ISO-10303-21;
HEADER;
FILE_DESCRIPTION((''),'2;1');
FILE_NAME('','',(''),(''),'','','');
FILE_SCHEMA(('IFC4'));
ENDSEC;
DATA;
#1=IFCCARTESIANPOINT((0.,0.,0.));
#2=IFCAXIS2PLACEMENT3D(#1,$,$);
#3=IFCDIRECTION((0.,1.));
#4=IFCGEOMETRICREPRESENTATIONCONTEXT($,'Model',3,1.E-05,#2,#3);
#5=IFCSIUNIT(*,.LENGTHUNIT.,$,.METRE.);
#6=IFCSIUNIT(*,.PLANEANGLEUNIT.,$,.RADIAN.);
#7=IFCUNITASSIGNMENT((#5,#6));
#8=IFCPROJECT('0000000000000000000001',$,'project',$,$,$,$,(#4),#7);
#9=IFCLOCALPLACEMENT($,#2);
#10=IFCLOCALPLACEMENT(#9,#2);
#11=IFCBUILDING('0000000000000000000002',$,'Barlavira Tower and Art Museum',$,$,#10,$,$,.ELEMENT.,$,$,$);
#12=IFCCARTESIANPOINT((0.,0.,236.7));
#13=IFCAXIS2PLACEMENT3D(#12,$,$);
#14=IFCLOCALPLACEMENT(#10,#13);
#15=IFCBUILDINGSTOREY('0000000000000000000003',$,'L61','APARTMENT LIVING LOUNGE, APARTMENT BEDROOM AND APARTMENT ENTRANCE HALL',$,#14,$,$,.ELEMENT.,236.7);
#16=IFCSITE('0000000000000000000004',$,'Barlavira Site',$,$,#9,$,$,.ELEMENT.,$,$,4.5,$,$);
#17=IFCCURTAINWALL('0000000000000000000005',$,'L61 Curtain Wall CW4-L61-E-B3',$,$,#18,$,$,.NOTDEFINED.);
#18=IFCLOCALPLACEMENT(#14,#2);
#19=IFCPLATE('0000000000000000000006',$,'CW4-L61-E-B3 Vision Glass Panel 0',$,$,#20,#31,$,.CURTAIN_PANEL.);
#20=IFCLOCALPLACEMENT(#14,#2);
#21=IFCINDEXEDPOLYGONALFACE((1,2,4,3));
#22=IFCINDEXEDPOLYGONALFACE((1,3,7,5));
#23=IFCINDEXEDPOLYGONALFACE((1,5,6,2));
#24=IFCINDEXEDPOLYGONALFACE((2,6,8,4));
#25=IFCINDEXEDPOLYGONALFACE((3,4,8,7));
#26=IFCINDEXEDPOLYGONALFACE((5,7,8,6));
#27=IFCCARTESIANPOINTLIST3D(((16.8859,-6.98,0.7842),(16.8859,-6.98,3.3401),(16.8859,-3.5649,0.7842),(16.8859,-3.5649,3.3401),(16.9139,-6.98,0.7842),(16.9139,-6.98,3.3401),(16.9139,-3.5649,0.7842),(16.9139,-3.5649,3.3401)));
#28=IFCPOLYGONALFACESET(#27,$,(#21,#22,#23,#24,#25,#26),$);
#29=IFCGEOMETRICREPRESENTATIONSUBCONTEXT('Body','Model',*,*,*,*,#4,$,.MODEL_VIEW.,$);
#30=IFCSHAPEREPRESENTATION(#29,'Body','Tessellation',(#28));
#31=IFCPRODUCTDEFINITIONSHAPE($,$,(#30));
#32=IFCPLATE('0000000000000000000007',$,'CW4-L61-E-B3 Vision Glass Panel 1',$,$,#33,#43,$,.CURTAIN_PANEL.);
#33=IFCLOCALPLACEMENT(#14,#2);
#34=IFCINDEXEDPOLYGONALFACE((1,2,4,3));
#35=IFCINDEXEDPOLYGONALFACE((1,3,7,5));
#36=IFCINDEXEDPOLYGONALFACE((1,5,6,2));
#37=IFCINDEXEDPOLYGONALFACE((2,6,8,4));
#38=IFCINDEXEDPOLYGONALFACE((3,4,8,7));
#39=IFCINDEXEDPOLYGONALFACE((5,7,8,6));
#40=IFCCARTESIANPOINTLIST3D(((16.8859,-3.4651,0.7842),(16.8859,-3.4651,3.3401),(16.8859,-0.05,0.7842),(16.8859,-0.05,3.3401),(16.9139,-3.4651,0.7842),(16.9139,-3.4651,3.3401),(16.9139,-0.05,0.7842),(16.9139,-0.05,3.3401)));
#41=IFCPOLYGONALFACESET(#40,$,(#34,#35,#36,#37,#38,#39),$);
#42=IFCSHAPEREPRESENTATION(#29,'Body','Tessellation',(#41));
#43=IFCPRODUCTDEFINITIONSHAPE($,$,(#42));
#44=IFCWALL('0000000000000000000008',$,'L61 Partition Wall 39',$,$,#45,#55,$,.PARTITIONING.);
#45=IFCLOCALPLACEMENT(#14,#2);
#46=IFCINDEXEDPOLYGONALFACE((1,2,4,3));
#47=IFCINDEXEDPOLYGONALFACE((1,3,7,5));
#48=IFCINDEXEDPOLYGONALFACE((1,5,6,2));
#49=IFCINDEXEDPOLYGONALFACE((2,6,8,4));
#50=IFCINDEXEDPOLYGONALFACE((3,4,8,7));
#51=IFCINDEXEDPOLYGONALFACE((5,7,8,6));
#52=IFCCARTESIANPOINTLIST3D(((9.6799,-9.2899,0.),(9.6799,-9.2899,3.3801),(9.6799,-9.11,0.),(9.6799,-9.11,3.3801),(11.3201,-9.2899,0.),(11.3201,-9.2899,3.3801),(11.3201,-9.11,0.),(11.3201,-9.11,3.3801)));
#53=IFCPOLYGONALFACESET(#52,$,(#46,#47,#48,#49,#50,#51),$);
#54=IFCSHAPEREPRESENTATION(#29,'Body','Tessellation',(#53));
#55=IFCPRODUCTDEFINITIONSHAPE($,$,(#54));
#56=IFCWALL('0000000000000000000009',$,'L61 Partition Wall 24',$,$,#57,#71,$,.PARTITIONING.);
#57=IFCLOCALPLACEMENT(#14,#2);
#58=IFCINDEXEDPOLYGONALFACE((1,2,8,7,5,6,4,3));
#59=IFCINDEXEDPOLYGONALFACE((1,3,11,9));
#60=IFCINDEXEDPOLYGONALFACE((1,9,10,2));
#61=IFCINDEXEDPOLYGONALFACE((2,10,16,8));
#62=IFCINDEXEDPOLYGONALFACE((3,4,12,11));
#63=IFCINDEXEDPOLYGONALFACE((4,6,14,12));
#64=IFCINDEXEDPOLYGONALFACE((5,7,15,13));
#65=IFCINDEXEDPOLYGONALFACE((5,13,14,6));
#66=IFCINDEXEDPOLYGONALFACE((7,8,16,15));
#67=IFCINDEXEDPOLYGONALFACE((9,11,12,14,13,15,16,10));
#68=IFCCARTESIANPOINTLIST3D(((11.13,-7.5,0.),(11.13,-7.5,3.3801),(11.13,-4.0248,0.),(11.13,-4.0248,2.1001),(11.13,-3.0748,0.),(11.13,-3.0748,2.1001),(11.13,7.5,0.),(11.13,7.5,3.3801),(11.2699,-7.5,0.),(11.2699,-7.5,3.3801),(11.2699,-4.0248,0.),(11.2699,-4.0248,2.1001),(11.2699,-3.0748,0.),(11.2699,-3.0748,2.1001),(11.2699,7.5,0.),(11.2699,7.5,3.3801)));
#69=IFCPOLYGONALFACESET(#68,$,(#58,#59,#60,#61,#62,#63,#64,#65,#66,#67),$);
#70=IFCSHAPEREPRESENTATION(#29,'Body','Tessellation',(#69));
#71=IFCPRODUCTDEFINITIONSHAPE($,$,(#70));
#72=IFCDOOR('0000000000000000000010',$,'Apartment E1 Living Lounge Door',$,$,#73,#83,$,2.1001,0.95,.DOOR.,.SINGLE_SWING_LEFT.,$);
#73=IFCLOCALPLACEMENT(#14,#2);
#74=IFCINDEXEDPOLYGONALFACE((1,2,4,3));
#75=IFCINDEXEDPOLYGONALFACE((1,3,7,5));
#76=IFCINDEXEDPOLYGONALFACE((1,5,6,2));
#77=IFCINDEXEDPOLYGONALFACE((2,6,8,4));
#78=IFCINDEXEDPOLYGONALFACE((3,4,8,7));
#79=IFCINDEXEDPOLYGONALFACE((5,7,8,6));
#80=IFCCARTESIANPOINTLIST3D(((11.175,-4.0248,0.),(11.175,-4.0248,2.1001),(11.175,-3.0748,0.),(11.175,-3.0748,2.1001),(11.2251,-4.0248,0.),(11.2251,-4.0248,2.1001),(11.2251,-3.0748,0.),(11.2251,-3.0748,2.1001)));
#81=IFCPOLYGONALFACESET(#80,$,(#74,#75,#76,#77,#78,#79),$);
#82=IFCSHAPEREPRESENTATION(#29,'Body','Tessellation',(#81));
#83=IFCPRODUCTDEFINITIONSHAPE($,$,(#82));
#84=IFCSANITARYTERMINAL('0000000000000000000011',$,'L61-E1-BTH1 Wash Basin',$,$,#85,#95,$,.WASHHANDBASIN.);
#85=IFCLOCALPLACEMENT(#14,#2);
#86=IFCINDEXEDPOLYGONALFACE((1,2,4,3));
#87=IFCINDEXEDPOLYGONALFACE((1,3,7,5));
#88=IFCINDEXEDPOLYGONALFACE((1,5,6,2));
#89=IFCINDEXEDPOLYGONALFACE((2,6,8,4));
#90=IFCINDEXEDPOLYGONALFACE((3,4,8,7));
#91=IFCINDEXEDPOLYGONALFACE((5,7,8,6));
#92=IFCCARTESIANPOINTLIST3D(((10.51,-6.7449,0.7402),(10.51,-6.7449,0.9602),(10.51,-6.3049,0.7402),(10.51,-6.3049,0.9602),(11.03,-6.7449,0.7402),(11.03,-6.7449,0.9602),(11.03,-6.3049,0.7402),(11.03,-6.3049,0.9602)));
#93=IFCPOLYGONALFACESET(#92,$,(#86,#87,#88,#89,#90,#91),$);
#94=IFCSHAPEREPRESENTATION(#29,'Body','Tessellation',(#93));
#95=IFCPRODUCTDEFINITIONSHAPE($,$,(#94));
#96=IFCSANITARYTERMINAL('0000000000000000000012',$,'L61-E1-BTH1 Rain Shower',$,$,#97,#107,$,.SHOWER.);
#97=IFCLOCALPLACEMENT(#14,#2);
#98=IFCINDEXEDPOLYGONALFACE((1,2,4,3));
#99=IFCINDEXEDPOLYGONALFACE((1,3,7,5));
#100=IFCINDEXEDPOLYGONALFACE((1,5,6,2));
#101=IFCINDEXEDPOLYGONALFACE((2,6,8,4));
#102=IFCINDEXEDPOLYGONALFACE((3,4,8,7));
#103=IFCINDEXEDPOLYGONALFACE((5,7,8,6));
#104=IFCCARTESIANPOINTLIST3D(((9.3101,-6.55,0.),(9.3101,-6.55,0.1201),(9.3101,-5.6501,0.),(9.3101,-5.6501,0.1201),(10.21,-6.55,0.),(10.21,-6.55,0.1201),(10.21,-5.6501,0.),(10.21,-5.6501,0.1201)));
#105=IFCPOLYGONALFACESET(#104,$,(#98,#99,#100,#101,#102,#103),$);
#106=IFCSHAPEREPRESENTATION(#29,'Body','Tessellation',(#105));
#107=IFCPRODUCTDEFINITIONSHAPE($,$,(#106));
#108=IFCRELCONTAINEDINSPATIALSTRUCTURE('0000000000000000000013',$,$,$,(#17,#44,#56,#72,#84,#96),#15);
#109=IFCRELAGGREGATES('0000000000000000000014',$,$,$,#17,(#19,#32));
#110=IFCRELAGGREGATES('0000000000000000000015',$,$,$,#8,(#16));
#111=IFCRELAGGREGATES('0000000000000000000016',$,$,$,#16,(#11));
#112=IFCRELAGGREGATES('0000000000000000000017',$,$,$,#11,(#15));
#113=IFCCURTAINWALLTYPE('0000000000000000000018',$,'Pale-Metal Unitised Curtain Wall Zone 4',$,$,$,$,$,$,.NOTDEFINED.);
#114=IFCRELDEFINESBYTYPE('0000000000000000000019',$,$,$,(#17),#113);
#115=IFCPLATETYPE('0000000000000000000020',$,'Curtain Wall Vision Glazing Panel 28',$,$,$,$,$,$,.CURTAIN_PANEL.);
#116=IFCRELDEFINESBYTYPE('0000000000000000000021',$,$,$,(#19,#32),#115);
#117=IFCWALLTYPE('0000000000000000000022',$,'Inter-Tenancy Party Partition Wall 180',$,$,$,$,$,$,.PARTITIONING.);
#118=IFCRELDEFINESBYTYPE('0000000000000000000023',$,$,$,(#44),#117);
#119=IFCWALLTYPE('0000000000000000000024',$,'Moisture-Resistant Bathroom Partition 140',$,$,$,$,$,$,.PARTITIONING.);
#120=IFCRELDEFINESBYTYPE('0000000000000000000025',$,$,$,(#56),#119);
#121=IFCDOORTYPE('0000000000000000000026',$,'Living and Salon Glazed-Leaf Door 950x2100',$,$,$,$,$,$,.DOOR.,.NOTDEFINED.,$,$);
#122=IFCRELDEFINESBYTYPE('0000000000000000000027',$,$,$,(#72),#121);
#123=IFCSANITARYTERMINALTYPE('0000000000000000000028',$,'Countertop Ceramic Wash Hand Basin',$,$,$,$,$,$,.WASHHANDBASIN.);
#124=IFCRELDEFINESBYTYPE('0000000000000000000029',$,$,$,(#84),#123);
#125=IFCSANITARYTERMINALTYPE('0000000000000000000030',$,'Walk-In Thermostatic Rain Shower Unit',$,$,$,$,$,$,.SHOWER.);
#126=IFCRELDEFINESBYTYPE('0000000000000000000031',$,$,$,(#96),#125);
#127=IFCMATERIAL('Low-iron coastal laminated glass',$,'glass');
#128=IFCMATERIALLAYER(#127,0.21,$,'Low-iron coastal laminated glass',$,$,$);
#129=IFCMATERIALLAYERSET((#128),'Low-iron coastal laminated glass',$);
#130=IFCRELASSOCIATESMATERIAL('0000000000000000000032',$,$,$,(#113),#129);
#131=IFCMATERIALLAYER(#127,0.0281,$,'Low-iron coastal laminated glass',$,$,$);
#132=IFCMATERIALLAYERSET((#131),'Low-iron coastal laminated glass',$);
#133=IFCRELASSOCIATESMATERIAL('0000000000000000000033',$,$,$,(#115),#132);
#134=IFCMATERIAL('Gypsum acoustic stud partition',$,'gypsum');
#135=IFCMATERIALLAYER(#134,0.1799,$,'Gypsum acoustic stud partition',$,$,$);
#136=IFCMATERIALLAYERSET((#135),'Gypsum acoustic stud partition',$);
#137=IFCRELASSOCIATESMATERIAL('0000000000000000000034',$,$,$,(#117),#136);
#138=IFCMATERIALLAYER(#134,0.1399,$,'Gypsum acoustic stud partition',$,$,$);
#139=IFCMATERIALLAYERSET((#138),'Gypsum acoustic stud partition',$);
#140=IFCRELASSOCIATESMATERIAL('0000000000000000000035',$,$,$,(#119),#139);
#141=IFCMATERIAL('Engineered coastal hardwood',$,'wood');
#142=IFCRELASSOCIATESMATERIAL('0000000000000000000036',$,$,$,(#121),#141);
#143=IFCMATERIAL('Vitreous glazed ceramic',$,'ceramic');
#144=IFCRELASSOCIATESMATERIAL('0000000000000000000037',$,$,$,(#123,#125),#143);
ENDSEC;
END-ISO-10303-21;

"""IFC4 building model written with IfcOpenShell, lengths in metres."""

from ifc_helpers import new_model, si_unit, direction, frame, frame_2d, origin, origin_2d, place, context, subcontext, project, spatial, rectangle, extrude, material, layer, layer_set, type_object, element, fill, aggregate, save


model = new_model("IFC4")

# Units and contexts
model_context = context("Model", 3, precision=1e-05, world=origin(), true_north=direction((0.0, 1.0)))
body_context = subcontext(model_context, "Body", "Model", "MODEL_VIEW")
ifc_project = project(units=[si_unit("LENGTHUNIT", "METRE"), si_unit("PLANEANGLEUNIT", "RADIAN")], contexts=[model_context])

# Site, building, storey
site_placement = place(None, origin())
site = spatial("IfcSite", under=ifc_project, at=site_placement, Name="Barlavira Site", CompositionType="ELEMENT", RefElevation=4.5)
building_placement = place(site_placement, origin())
building = spatial("IfcBuilding", under=site, at=building_placement, Name="Barlavira Tower and Art Museum", CompositionType="ELEMENT")
storey_placement = place(building_placement, frame((0.0, 0.0, 236.7)))
storey = spatial("IfcBuildingStorey", under=building, at=storey_placement, Name="L61", Description="APARTMENT LIVING LOUNGE, APARTMENT BEDROOM AND APARTMENT ENTRANCE HALL", CompositionType="ELEMENT", Elevation=236.7)

# Curtain wall
ifc_material_1 = material(Name="Low-iron coastal laminated glass", Category="glass")
ifc_layer_1 = layer(ifc_material_1, 0.21, Name="Low-iron coastal laminated glass")
ifc_layer_set_1 = layer_set([ifc_layer_1], Name="Low-iron coastal laminated glass")
curtain_wall_type = type_object("IfcCurtainWallType", Name="Pale-Metal Unitised Curtain Wall Zone 4", PredefinedType="NOTDEFINED", material=ifc_layer_set_1)
curtain_wall_placement = place(storey_placement, origin())
curtain_wall = element("IfcCurtainWall", 1, at=curtain_wall_placement, inside=storey, type_object=curtain_wall_type, Name="L61 Curtain Wall CW4-L61-E-B3", PredefinedType="NOTDEFINED")

# Plates
ifc_layer_2 = layer(ifc_material_1, 0.0281, Name="Low-iron coastal laminated glass")
ifc_layer_set_2 = layer_set([ifc_layer_2], Name="Low-iron coastal laminated glass")
plate_type_1 = type_object("IfcPlateType", Name="Curtain Wall Vision Glazing Panel 28", PredefinedType="CURTAIN_PANEL", material=ifc_layer_set_2)
plate_1_placement = place(storey_placement, frame((16.8999, -5.2725, 0.7842), z_axis=(0.0, 0.0, 1.0), x_axis=(0.0, 1.0, 0.0)))
plate_1 = element("IfcPlate", 2, at=plate_1_placement, type_object=plate_type_1, Name="CW4-L61-E-B3 Vision Glass Panel 0", PredefinedType="CURTAIN_PANEL", context=body_context, shape_type="SweptSolid", body=[
    extrude(rectangle(XDim=3.415, YDim=0.0281, at=origin_2d()), origin(), (0.0, 0.0, 1.0), 2.5559),
])
plate_2_placement = place(storey_placement, frame((16.8999, -1.7576, 0.7842), z_axis=(0.0, 0.0, 1.0), x_axis=(0.0, 1.0, 0.0)))
plate_2 = element("IfcPlate", 3, at=plate_2_placement, type_object=plate_type_1, Name="CW4-L61-E-B3 Vision Glass Panel 1", PredefinedType="CURTAIN_PANEL", context=body_context, shape_type="SweptSolid", body=[
    extrude(rectangle(XDim=3.415, YDim=0.0281, at=origin_2d()), origin(), (0.0, 0.0, 1.0), 2.5559),
])
aggregate(curtain_wall, [plate_1, plate_2])

# Wall
ifc_material_2 = material(Name="Gypsum acoustic stud partition", Category="gypsum")
ifc_layer_3 = layer(ifc_material_2, 0.1799, Name="Gypsum acoustic stud partition")
ifc_layer_set_3 = layer_set([ifc_layer_3], Name="Gypsum acoustic stud partition")
wall_type_1 = type_object("IfcWallType", Name="Inter-Tenancy Party Partition Wall 180", PredefinedType="PARTITIONING", material=ifc_layer_set_3)
wall_1_placement = place(storey_placement, frame((9.6799, -9.2, 0.0), z_axis=(0.0, 0.0, 1.0), x_axis=(1.0, 0.0, 0.0)))
element("IfcWall", 4, at=wall_1_placement, inside=storey, type_object=wall_type_1, Name="L61 Partition Wall 39", PredefinedType="PARTITIONING", context=body_context, shape_type="SweptSolid", body=[
    extrude(rectangle(XDim=1.6401, YDim=0.1799, at=frame_2d((0.8201, 0.0))), origin(), (0.0, 0.0, 1.0), 3.3801),
])

# Wall, opening, door
ifc_layer_4 = layer(ifc_material_2, 0.1399, Name="Gypsum acoustic stud partition")
ifc_layer_set_4 = layer_set([ifc_layer_4], Name="Gypsum acoustic stud partition")
wall_type_2 = type_object("IfcWallType", Name="Moisture-Resistant Bathroom Partition 140", PredefinedType="PARTITIONING", material=ifc_layer_set_4)
wall_2_placement = place(storey_placement, frame((11.2, -7.5, 0.0), z_axis=(0.0, 0.0, 1.0), x_axis=(0.0, 1.0, 0.0)))
wall_2 = element("IfcWall", 5, at=wall_2_placement, inside=storey, type_object=wall_type_2, Name="L61 Partition Wall 24", PredefinedType="PARTITIONING", context=body_context, shape_type="SweptSolid", body=[
    extrude(rectangle(XDim=15.0, YDim=0.1399, at=frame_2d((7.5, 0.0))), origin(), (0.0, 0.0, 1.0), 3.3801),
])
opening_placement = place(wall_2_placement, frame((3.4751, 0.0, 0.0)))
opening = element("IfcOpeningElement", 6, at=opening_placement, cuts=wall_2, PredefinedType="OPENING", context=body_context, shape_type="SweptSolid", body=[
    extrude(rectangle(XDim=0.95, YDim=2.1001, at=frame_2d((0.4751, 1.05))), frame((0.0, 0.0801, 0.0), z_axis=(0.0, -1.0, 0.0), x_axis=(1.0, 0.0, 0.0)), (0.0, 0.0, 1.0), 0.1599),
])
ifc_material_3 = material(Name="Engineered coastal hardwood", Category="wood")
door_type = type_object("IfcDoorType", Name="Living and Salon Glazed-Leaf Door 950x2100", OperationType="NOTDEFINED", PredefinedType="DOOR", material=ifc_material_3)
door_placement = place(opening_placement, origin())
door = element("IfcDoor", 7, at=door_placement, inside=storey, type_object=door_type, Name="Apartment E1 Living Lounge Door", OperationType="SINGLE_SWING_LEFT", OverallHeight=2.1001, OverallWidth=0.95, PredefinedType="DOOR", context=body_context, shape_type="SweptSolid", body=[
    extrude(rectangle(XDim=0.95, YDim=2.1001, at=frame_2d((0.4751, 1.05))), frame((0.0, 0.0249, 0.0), z_axis=(0.0, -1.0, 0.0), x_axis=(1.0, 0.0, 0.0)), (0.0, 0.0, 1.0), 0.05),
])
fill(opening, door)

# Sanitary terminals
ifc_material_4 = material(Name="Vitreous glazed ceramic", Category="ceramic")
sanitary_terminal_type_1 = type_object("IfcSanitaryTerminalType", Name="Countertop Ceramic Wash Hand Basin", PredefinedType="WASHHANDBASIN", material=ifc_material_4)
sanitary_terminal_1_placement = place(storey_placement, frame((10.77, -6.5249, 0.7402), z_axis=(0.0, 0.0, 1.0), x_axis=(1.0, 0.0, 0.0)))
element("IfcSanitaryTerminal", 8, at=sanitary_terminal_1_placement, inside=storey, type_object=sanitary_terminal_type_1, Name="L61-E1-BTH1 Wash Basin", PredefinedType="WASHHANDBASIN", context=body_context, shape_type="SweptSolid", body=[
    extrude(rectangle(XDim=0.52, YDim=0.4399, at=origin_2d()), origin(), (0.0, 0.0, 1.0), 0.22),
])
sanitary_terminal_type_2 = type_object("IfcSanitaryTerminalType", Name="Walk-In Thermostatic Rain Shower Unit", PredefinedType="SHOWER", material=ifc_material_4)
sanitary_terminal_2_placement = place(storey_placement, frame((9.76, -6.1001, 0.0), z_axis=(0.0, 0.0, 1.0), x_axis=(1.0, 0.0, 0.0)))
element("IfcSanitaryTerminal", 9, at=sanitary_terminal_2_placement, inside=storey, type_object=sanitary_terminal_type_2, Name="L61-E1-BTH1 Rain Shower", PredefinedType="SHOWER", context=body_context, shape_type="SweptSolid", body=[
    extrude(rectangle(XDim=0.8999, YDim=0.8999, at=origin_2d()), origin(), (0.0, 0.0, 1.0), 0.1201),
])

save(model, "model.ifc")
